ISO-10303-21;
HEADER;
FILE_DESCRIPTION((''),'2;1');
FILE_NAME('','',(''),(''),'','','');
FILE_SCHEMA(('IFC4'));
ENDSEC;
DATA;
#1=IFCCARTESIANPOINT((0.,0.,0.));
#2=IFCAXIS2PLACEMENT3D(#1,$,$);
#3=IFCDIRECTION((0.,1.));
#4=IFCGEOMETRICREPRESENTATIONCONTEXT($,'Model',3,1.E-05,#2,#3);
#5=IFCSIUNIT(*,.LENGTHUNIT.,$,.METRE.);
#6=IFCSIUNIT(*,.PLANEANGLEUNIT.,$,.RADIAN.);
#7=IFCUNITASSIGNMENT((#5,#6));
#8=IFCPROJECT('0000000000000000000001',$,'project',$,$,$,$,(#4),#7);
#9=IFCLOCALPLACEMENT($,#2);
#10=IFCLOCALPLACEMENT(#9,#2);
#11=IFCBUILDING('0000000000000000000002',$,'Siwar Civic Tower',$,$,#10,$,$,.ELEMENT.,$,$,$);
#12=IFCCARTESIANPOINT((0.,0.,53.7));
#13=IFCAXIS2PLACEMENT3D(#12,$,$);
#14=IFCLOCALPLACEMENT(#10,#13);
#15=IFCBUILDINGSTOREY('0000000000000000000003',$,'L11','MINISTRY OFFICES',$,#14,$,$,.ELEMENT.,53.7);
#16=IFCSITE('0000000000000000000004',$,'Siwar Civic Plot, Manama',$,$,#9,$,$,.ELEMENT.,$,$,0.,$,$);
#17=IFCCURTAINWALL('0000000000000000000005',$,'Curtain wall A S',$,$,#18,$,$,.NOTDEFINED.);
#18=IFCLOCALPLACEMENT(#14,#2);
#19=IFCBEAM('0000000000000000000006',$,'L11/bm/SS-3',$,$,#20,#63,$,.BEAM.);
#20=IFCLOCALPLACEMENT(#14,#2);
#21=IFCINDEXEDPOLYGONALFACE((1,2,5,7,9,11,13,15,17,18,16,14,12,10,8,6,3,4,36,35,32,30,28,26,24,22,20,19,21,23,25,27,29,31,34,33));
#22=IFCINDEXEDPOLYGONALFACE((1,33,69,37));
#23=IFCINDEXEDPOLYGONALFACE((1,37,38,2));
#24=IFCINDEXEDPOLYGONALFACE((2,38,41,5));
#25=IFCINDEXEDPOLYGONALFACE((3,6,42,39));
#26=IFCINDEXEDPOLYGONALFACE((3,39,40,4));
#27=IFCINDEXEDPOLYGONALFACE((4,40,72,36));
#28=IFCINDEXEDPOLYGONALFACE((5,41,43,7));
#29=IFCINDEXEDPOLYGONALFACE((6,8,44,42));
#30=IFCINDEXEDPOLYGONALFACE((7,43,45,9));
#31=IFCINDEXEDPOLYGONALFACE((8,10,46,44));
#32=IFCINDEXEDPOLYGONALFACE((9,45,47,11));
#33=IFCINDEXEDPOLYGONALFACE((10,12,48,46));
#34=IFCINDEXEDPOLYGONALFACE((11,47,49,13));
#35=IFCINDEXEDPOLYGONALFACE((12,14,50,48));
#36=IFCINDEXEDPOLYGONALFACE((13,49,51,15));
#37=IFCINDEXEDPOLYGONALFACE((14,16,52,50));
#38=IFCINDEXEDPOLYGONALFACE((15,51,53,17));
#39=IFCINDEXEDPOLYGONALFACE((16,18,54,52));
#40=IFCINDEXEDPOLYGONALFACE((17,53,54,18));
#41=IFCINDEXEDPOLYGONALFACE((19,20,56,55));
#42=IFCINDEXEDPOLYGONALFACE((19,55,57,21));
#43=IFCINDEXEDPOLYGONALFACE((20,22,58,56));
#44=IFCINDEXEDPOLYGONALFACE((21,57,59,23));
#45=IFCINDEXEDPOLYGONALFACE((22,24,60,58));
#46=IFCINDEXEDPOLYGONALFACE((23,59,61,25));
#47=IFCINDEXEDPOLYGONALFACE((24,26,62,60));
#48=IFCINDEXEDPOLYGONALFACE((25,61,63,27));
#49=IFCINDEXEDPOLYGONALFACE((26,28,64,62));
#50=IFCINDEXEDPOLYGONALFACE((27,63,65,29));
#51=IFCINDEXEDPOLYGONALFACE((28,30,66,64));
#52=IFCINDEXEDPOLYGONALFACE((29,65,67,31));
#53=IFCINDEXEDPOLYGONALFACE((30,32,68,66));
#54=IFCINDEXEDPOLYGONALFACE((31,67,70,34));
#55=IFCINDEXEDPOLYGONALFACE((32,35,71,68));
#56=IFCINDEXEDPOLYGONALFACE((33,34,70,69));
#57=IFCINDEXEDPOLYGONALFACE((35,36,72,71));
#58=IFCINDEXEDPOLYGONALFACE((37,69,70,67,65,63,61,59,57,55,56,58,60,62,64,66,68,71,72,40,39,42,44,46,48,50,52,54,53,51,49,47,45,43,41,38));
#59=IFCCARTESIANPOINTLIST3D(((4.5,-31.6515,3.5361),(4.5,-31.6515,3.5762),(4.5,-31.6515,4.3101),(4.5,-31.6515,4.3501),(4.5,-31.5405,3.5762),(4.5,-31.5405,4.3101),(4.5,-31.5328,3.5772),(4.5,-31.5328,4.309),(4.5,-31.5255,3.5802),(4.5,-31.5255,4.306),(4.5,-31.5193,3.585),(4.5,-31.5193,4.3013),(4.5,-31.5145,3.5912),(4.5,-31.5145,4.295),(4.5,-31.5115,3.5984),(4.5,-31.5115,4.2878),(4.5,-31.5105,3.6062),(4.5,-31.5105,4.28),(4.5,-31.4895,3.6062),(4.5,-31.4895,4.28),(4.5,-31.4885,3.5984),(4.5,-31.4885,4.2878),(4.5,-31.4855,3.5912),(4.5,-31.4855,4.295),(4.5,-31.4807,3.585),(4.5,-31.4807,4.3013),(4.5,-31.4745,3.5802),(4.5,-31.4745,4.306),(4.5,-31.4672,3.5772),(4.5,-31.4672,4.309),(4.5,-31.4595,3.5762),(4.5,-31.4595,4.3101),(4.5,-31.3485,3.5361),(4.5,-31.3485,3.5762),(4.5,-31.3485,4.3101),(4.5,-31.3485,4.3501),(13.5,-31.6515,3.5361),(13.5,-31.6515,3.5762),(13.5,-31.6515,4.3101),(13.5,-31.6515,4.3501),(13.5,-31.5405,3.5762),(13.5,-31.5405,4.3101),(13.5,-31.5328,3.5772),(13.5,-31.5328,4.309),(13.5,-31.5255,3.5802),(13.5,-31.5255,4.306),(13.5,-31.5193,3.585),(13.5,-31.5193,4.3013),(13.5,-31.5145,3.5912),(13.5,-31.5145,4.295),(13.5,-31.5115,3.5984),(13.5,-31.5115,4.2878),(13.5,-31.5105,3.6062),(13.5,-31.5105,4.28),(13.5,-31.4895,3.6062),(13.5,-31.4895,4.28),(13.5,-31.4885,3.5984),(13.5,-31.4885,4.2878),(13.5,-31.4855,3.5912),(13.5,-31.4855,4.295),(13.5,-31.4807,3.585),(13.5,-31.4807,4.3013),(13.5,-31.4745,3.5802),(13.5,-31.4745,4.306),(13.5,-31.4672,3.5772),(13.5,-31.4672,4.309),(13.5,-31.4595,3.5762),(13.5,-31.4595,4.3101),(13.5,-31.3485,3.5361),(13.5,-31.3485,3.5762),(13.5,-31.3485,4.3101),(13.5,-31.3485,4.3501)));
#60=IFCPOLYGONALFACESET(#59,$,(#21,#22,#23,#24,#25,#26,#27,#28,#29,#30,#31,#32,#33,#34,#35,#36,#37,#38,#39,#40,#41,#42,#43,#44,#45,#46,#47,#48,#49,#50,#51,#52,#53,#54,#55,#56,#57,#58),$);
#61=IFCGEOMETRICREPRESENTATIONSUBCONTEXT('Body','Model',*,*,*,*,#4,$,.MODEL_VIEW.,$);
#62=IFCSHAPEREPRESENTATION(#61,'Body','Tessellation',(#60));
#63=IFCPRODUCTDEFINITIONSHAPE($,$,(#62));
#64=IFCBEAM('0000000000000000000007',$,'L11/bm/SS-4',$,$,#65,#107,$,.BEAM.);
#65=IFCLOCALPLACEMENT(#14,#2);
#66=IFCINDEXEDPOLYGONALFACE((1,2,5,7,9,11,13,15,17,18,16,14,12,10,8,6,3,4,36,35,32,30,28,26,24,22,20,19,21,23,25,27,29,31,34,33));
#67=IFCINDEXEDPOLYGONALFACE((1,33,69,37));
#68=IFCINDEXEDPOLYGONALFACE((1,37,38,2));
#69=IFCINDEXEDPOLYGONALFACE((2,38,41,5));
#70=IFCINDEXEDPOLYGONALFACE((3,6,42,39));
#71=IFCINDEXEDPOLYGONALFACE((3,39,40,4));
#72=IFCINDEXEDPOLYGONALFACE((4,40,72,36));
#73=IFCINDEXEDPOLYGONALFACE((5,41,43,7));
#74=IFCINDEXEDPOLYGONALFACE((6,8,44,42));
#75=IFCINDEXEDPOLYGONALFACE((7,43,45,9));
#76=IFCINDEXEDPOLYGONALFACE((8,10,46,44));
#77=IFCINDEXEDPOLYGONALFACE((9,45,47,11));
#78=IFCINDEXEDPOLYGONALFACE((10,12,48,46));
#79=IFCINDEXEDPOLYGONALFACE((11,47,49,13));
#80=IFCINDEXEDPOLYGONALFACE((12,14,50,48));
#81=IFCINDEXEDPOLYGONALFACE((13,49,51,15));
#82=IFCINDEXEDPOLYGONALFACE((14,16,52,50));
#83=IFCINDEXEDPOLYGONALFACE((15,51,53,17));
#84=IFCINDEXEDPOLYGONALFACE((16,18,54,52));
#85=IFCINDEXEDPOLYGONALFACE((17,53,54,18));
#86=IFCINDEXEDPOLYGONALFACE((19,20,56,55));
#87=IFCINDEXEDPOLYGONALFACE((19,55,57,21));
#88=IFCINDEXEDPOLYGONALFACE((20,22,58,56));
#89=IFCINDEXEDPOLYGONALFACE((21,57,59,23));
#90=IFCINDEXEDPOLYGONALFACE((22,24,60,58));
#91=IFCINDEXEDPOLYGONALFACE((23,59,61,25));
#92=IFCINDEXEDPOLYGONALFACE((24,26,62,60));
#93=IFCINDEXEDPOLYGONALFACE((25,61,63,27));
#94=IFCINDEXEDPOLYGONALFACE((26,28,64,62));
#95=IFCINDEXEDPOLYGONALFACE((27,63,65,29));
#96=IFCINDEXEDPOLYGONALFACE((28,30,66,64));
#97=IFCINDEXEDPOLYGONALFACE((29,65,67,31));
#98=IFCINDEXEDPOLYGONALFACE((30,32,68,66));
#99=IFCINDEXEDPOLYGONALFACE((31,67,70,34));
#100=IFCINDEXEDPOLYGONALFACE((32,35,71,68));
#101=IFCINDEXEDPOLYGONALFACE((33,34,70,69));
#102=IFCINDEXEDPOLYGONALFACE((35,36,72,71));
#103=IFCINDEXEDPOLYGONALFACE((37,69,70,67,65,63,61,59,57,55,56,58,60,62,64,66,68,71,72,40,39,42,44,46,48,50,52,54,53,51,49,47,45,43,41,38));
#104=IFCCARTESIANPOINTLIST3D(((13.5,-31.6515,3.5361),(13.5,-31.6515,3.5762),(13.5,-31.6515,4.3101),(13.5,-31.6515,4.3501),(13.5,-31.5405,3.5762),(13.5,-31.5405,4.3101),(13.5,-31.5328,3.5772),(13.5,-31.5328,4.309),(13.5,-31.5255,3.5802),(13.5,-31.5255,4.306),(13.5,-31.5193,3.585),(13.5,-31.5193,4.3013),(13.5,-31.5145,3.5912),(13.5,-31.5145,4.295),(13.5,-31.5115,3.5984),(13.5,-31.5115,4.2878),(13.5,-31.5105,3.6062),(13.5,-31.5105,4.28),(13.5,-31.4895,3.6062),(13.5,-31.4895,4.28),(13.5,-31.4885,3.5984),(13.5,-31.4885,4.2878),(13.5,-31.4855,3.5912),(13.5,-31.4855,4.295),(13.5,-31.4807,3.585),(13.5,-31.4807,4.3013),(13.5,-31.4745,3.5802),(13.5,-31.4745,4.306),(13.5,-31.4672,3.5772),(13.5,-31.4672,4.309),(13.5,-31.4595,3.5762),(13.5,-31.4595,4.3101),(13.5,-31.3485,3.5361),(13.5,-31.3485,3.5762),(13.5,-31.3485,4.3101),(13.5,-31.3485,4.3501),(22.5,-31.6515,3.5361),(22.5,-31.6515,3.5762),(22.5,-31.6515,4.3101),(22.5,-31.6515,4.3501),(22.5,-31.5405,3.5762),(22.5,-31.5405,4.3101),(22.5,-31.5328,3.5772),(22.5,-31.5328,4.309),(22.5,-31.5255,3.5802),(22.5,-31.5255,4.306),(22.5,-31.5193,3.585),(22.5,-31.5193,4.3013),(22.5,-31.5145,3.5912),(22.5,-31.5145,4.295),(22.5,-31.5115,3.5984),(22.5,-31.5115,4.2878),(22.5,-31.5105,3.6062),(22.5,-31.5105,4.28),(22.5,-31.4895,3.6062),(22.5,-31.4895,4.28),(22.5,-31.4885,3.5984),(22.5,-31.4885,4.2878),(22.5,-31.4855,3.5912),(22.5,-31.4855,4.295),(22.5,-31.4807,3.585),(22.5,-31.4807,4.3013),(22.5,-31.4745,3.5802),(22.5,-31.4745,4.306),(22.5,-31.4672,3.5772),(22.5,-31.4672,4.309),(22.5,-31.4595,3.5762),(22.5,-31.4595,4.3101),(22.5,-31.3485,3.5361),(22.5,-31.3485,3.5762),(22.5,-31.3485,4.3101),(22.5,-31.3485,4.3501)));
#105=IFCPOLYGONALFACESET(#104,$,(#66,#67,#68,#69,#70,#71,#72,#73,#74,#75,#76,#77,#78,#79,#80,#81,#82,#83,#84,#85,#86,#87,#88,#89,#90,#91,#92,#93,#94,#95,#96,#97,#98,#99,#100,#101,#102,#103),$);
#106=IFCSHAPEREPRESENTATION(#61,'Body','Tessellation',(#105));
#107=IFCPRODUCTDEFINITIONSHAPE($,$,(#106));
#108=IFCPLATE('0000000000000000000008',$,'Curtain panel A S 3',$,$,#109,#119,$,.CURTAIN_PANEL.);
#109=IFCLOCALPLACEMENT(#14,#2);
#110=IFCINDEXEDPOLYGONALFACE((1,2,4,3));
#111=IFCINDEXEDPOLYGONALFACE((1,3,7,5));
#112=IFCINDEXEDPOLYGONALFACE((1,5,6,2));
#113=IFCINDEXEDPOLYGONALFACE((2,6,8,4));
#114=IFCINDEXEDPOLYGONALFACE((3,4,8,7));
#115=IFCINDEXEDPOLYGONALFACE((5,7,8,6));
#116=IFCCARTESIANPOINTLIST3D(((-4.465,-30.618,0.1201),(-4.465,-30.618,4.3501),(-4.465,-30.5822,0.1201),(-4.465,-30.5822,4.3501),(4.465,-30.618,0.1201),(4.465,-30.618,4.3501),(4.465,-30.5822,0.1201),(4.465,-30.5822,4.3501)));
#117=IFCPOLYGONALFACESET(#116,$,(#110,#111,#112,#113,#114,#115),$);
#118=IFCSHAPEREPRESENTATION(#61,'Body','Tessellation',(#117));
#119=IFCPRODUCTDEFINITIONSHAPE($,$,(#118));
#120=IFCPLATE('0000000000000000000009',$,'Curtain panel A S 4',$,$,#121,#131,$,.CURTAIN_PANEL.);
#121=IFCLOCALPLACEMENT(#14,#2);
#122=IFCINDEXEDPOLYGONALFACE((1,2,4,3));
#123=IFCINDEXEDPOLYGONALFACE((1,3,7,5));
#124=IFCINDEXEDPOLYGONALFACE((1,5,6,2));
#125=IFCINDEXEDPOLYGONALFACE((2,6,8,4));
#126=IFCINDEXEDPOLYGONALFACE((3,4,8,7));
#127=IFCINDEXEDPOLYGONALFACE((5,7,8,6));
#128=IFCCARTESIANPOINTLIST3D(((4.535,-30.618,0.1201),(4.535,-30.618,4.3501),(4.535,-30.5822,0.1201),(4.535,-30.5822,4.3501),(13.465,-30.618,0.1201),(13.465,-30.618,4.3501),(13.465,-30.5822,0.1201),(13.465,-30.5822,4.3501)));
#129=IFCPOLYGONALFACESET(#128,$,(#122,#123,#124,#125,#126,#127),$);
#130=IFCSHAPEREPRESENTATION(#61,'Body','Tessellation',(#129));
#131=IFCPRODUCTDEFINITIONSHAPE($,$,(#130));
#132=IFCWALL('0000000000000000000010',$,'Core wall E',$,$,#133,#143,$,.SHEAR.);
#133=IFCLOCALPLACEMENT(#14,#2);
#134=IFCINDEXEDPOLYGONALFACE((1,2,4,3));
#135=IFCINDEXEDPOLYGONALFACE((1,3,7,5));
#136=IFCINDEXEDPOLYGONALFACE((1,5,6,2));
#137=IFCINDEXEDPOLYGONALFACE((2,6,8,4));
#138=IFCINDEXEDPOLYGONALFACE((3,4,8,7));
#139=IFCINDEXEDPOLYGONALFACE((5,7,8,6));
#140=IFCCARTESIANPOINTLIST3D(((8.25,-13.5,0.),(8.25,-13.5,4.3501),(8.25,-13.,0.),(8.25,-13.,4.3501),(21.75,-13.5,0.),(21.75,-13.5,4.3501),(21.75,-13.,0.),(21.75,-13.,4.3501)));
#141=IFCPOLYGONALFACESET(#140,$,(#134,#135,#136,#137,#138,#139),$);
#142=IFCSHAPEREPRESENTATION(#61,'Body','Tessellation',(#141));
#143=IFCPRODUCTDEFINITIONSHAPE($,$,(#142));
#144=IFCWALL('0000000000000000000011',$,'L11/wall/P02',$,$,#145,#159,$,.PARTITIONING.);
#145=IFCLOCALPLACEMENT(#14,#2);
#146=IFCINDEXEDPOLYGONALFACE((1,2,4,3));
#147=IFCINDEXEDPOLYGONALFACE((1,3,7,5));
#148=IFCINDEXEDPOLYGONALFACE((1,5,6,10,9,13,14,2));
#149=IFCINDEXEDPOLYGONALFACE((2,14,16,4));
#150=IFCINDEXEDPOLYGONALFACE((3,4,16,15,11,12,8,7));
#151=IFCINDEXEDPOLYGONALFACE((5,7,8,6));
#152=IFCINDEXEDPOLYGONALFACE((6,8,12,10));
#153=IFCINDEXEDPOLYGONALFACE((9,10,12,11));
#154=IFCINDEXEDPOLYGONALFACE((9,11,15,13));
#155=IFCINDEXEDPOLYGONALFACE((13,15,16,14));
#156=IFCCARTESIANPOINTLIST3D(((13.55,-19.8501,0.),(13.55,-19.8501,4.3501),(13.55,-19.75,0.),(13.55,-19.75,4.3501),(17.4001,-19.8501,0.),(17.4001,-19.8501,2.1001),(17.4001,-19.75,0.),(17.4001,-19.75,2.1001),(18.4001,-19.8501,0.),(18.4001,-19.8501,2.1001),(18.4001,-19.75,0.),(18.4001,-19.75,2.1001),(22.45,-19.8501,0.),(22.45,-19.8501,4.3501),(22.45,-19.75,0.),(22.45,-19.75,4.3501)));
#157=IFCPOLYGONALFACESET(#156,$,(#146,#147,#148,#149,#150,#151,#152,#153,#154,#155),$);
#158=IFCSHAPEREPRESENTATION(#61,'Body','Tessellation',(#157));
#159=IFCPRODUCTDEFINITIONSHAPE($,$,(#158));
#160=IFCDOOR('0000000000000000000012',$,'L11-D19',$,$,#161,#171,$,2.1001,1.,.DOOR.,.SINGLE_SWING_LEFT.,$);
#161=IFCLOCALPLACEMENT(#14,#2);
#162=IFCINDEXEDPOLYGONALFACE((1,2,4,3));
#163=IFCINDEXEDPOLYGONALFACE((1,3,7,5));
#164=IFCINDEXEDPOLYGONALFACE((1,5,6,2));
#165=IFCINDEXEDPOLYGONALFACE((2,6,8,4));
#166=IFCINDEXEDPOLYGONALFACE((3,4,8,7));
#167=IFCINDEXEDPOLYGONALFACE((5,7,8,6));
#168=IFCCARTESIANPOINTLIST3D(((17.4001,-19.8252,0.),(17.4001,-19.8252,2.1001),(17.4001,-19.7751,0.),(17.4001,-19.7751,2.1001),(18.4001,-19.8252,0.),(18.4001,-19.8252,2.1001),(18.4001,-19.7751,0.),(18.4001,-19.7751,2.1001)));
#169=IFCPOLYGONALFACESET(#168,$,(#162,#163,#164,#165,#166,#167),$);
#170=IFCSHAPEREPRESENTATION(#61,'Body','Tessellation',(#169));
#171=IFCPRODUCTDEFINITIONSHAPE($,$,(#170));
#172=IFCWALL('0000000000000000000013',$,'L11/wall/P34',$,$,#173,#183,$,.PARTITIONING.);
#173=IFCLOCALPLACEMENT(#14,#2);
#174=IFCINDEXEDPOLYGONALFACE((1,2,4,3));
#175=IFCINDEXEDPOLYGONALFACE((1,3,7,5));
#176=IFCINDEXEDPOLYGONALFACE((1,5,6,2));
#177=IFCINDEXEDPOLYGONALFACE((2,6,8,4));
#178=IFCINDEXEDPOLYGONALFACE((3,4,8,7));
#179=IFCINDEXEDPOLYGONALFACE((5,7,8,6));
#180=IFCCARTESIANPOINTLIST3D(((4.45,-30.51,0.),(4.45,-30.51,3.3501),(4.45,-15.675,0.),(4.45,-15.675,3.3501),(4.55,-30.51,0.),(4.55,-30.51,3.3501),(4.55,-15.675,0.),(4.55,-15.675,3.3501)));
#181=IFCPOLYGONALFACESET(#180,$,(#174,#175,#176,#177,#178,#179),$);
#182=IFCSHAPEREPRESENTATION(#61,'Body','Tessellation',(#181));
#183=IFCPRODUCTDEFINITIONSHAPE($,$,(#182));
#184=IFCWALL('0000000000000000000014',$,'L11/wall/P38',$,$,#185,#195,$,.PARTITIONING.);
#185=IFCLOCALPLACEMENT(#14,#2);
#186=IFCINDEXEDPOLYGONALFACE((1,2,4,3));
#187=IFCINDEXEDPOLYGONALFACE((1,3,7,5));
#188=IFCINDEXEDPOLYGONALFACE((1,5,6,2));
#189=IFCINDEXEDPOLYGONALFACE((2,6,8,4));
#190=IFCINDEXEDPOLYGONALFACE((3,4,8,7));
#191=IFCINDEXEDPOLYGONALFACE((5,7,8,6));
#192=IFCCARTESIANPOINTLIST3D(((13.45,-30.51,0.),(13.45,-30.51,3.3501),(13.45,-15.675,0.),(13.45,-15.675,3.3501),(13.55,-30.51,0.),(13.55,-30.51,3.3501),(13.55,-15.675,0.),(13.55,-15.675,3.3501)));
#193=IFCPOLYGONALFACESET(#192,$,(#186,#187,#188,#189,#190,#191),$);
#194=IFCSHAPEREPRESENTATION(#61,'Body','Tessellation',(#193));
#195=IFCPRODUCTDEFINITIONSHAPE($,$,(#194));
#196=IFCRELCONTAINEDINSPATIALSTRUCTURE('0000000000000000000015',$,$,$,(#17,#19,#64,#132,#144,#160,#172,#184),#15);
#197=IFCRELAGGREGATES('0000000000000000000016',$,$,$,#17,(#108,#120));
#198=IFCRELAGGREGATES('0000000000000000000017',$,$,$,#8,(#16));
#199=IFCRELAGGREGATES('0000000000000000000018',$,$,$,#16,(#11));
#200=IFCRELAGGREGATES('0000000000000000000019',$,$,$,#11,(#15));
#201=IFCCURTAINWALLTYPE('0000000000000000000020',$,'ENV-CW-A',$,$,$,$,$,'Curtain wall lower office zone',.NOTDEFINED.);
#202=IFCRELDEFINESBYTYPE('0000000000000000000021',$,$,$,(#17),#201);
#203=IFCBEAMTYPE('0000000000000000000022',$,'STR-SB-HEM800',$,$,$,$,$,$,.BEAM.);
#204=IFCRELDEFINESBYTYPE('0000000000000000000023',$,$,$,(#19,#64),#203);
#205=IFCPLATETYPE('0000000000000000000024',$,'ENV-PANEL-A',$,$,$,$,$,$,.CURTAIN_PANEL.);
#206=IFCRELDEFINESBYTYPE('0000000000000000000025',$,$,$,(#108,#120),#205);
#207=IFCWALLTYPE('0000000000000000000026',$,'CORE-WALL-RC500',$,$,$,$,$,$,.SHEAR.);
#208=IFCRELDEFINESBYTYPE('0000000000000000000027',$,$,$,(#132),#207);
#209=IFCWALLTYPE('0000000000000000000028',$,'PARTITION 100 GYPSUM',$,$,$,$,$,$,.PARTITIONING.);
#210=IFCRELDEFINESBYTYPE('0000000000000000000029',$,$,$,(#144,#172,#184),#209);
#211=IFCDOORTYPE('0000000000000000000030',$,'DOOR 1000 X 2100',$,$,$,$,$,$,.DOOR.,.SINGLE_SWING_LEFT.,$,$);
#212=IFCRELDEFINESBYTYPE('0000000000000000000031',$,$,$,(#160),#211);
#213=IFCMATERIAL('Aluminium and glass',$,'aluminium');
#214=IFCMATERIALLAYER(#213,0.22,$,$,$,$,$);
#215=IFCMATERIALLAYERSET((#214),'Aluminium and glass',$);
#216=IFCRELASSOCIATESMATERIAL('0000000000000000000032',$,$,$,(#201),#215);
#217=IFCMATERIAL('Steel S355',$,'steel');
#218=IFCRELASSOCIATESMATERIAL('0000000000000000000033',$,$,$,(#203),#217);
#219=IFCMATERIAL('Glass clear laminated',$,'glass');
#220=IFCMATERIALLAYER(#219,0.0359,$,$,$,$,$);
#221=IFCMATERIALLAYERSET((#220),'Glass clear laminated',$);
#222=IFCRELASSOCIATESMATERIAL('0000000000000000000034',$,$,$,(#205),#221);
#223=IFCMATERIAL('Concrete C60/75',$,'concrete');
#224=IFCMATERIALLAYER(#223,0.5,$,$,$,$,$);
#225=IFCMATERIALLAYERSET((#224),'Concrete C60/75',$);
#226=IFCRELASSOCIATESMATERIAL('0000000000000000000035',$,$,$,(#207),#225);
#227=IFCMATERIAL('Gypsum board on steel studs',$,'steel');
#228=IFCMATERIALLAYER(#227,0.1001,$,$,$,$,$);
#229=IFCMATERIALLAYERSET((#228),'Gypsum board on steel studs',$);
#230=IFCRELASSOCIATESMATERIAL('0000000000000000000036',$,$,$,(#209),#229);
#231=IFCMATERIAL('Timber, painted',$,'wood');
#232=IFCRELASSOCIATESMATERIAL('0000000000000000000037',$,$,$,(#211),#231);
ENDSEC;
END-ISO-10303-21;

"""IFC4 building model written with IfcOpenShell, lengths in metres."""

from ifc_helpers import new_model, si_unit, direction, frame, frame_2d, origin, origin_2d, place, context, subcontext, project, spatial, rectangle, i_section, extrude, material, layer, layer_set, material_profile, profile_set, type_object, element, fill, aggregate, save


model = new_model("IFC4")

# Units and contexts
model_context = context("Model", 3, precision=1e-05, world=origin(), true_north=direction((0.0, 1.0)))
body_context = subcontext(model_context, "Body", "Model", "MODEL_VIEW")
ifc_project = project(units=[si_unit("LENGTHUNIT", "METRE"), si_unit("PLANEANGLEUNIT", "RADIAN")], contexts=[model_context])

# Site, building, storey
site_placement = place(None, origin())
site = spatial("IfcSite", under=ifc_project, at=site_placement, Name="Siwar Civic Plot, Manama", CompositionType="ELEMENT", RefElevation=0.0)
building_placement = place(site_placement, origin())
building = spatial("IfcBuilding", under=site, at=building_placement, Name="Siwar Civic Tower", CompositionType="ELEMENT")
storey_placement = place(building_placement, frame((0.0, 0.0, 53.7)))
storey = spatial("IfcBuildingStorey", under=building, at=storey_placement, Name="L11", Description="MINISTRY OFFICES", CompositionType="ELEMENT", Elevation=53.7)

# Curtain wall
ifc_material_1 = material(Name="Aluminium and glass", Category="aluminium")
ifc_layer_1 = layer(ifc_material_1, 0.22)
ifc_layer_set_1 = layer_set([ifc_layer_1], Name="Aluminium and glass")
curtain_wall_type = type_object("IfcCurtainWallType", Name="ENV-CW-A", ElementType="Curtain wall lower office zone", PredefinedType="NOTDEFINED", material=ifc_layer_set_1)
curtain_wall_placement = place(storey_placement, origin())
curtain_wall = element("IfcCurtainWall", 1, at=curtain_wall_placement, inside=storey, type_object=curtain_wall_type, Name="Curtain wall A S", PredefinedType="NOTDEFINED")

# Beams
ifc_material_2 = material(Name="Steel S355", Category="steel")
ifc_material_profile_1 = material_profile(ifc_material_2, i_section(OverallWidth=0.303, OverallDepth=0.814, WebThickness=0.021, FlangeThickness=0.04, FilletRadius=0.03, at=origin_2d()), Name="HEM800")
ifc_profile_set_1 = profile_set([ifc_material_profile_1], Name="Steel S355")
beam_type_1 = type_object("IfcBeamType", Name="STR-SB-HEM800", PredefinedType="BEAM", material=ifc_profile_set_1)
for number, where, z_axis, x_axis, name in (
    (2, (4.5, -31.5, 3.9431), (1.0, 0.0, 0.0), (0.0, 1.0, 0.0), "L11/bm/SS-3"),
    (3, (13.5, -31.5, 3.9431), (1.0, 0.0, 0.0), (0.0, 1.0, 0.0), "L11/bm/SS-4"),
):
    element("IfcBeam", number, at=place(storey_placement, frame(where, z_axis=z_axis, x_axis=x_axis)), inside=storey, type_object=beam_type_1, Name=name, PredefinedType="BEAM", context=body_context, shape_type="SweptSolid", body=[
        extrude(i_section(OverallWidth=0.303, OverallDepth=0.814, WebThickness=0.021, FlangeThickness=0.04, FilletRadius=0.03, at=origin_2d()), origin(), (0.0, 0.0, 1.0), 9.0),
    ])

# Plates
ifc_material_3 = material(Name="Glass clear laminated", Category="glass")
ifc_layer_2 = layer(ifc_material_3, 0.0359)
ifc_layer_set_2 = layer_set([ifc_layer_2], Name="Glass clear laminated")
plate_type = type_object("IfcPlateType", Name="ENV-PANEL-A", PredefinedType="CURTAIN_PANEL", material=ifc_layer_set_2)
plate_1_placement = place(storey_placement, frame((0.0, -30.6001, 0.1201), z_axis=(0.0, 0.0, 1.0), x_axis=(1.0, 0.0, 0.0)))
plate_1 = element("IfcPlate", 4, at=plate_1_placement, type_object=plate_type, Name="Curtain panel A S 3", PredefinedType="CURTAIN_PANEL", context=body_context, shape_type="SweptSolid", body=[
    extrude(rectangle(XDim=8.9299, YDim=0.0359, at=origin_2d()), origin(), (0.0, 0.0, 1.0), 4.23),
])
plate_2_placement = place(storey_placement, frame((9.0, -30.6001, 0.1201), z_axis=(0.0, 0.0, 1.0), x_axis=(1.0, 0.0, 0.0)))
plate_2 = element("IfcPlate", 5, at=plate_2_placement, type_object=plate_type, Name="Curtain panel A S 4", PredefinedType="CURTAIN_PANEL", context=body_context, shape_type="SweptSolid", body=[
    extrude(rectangle(XDim=8.9299, YDim=0.0359, at=origin_2d()), origin(), (0.0, 0.0, 1.0), 4.23),
])
aggregate(curtain_wall, [plate_1, plate_2])

# Wall
ifc_material_4 = material(Name="Concrete C60/75", Category="concrete")
ifc_layer_3 = layer(ifc_material_4, 0.5)
ifc_layer_set_3 = layer_set([ifc_layer_3], Name="Concrete C60/75")
wall_type_1 = type_object("IfcWallType", Name="CORE-WALL-RC500", PredefinedType="SHEAR", material=ifc_layer_set_3)
wall_1_placement = place(storey_placement, frame((8.25, -13.25, 0.0), z_axis=(0.0, 0.0, 1.0), x_axis=(1.0, 0.0, 0.0)))
element("IfcWall", 6, at=wall_1_placement, inside=storey, type_object=wall_type_1, Name="Core wall E", PredefinedType="SHEAR", context=body_context, shape_type="SweptSolid", body=[
    extrude(rectangle(XDim=13.5, YDim=0.5, at=frame_2d((6.75, 0.0))), origin(), (0.0, 0.0, 1.0), 4.3501),
])

# Wall, opening, door
ifc_material_5 = material(Name="Gypsum board on steel studs", Category="steel")
ifc_layer_4 = layer(ifc_material_5, 0.1001)
ifc_layer_set_4 = layer_set([ifc_layer_4], Name="Gypsum board on steel studs")
wall_type_2 = type_object("IfcWallType", Name="PARTITION 100 GYPSUM", PredefinedType="PARTITIONING", material=ifc_layer_set_4)
wall_2_placement = place(storey_placement, frame((13.55, -19.8, 0.0), z_axis=(0.0, 0.0, 1.0), x_axis=(1.0, 0.0, 0.0)))
wall_2 = element("IfcWall", 7, at=wall_2_placement, inside=storey, type_object=wall_type_2, Name="L11/wall/P02", PredefinedType="PARTITIONING", context=body_context, shape_type="SweptSolid", body=[
    extrude(rectangle(XDim=8.8999, YDim=0.1001, at=frame_2d((4.45, 0.0))), origin(), (0.0, 0.0, 1.0), 4.3501),
])
opening_placement = place(wall_2_placement, frame((3.8501, 0.0, 0.0)))
opening = element("IfcOpeningElement", 8, at=opening_placement, cuts=wall_2, PredefinedType="OPENING", context=body_context, shape_type="SweptSolid", body=[
    extrude(rectangle(XDim=1.0, YDim=2.1001, at=frame_2d((0.5, 1.05))), frame((0.0, 0.0601, 0.0), z_axis=(0.0, -1.0, 0.0), x_axis=(1.0, 0.0, 0.0)), (0.0, 0.0, 1.0), 0.1201),
])
ifc_material_6 = material(Name="Timber, painted", Category="wood")
door_type = type_object("IfcDoorType", Name="DOOR 1000 X 2100", OperationType="SINGLE_SWING_LEFT", PredefinedType="DOOR", material=ifc_material_6)
door_placement = place(opening_placement, origin())
door = element("IfcDoor", 9, at=door_placement, inside=storey, type_object=door_type, Name="L11-D19", OperationType="SINGLE_SWING_LEFT", OverallHeight=2.1001, OverallWidth=1.0, PredefinedType="DOOR", context=body_context, shape_type="SweptSolid", body=[
    extrude(rectangle(XDim=1.0, YDim=2.1001, at=frame_2d((0.5, 1.05))), frame((0.0, 0.0249, 0.0), z_axis=(0.0, -1.0, 0.0), x_axis=(1.0, 0.0, 0.0)), (0.0, 0.0, 1.0), 0.05),
])
fill(opening, door)

# Walls
for number, where, z_axis, x_axis, name in (
    (10, (4.5, -30.51, 0.0), (0.0, 0.0, 1.0), (0.0, 1.0, 0.0), "L11/wall/P34"),
    (11, (13.5, -30.51, 0.0), (0.0, 0.0, 1.0), (0.0, 1.0, 0.0), "L11/wall/P38"),
):
    element("IfcWall", number, at=place(storey_placement, frame(where, z_axis=z_axis, x_axis=x_axis)), inside=storey, type_object=wall_type_2, Name=name, PredefinedType="PARTITIONING", context=body_context, shape_type="SweptSolid", body=[
        extrude(rectangle(XDim=14.835, YDim=0.1001, at=frame_2d((7.4175, 0.0))), origin(), (0.0, 0.0, 1.0), 3.3501),
    ])

save(model, "model.ifc")
